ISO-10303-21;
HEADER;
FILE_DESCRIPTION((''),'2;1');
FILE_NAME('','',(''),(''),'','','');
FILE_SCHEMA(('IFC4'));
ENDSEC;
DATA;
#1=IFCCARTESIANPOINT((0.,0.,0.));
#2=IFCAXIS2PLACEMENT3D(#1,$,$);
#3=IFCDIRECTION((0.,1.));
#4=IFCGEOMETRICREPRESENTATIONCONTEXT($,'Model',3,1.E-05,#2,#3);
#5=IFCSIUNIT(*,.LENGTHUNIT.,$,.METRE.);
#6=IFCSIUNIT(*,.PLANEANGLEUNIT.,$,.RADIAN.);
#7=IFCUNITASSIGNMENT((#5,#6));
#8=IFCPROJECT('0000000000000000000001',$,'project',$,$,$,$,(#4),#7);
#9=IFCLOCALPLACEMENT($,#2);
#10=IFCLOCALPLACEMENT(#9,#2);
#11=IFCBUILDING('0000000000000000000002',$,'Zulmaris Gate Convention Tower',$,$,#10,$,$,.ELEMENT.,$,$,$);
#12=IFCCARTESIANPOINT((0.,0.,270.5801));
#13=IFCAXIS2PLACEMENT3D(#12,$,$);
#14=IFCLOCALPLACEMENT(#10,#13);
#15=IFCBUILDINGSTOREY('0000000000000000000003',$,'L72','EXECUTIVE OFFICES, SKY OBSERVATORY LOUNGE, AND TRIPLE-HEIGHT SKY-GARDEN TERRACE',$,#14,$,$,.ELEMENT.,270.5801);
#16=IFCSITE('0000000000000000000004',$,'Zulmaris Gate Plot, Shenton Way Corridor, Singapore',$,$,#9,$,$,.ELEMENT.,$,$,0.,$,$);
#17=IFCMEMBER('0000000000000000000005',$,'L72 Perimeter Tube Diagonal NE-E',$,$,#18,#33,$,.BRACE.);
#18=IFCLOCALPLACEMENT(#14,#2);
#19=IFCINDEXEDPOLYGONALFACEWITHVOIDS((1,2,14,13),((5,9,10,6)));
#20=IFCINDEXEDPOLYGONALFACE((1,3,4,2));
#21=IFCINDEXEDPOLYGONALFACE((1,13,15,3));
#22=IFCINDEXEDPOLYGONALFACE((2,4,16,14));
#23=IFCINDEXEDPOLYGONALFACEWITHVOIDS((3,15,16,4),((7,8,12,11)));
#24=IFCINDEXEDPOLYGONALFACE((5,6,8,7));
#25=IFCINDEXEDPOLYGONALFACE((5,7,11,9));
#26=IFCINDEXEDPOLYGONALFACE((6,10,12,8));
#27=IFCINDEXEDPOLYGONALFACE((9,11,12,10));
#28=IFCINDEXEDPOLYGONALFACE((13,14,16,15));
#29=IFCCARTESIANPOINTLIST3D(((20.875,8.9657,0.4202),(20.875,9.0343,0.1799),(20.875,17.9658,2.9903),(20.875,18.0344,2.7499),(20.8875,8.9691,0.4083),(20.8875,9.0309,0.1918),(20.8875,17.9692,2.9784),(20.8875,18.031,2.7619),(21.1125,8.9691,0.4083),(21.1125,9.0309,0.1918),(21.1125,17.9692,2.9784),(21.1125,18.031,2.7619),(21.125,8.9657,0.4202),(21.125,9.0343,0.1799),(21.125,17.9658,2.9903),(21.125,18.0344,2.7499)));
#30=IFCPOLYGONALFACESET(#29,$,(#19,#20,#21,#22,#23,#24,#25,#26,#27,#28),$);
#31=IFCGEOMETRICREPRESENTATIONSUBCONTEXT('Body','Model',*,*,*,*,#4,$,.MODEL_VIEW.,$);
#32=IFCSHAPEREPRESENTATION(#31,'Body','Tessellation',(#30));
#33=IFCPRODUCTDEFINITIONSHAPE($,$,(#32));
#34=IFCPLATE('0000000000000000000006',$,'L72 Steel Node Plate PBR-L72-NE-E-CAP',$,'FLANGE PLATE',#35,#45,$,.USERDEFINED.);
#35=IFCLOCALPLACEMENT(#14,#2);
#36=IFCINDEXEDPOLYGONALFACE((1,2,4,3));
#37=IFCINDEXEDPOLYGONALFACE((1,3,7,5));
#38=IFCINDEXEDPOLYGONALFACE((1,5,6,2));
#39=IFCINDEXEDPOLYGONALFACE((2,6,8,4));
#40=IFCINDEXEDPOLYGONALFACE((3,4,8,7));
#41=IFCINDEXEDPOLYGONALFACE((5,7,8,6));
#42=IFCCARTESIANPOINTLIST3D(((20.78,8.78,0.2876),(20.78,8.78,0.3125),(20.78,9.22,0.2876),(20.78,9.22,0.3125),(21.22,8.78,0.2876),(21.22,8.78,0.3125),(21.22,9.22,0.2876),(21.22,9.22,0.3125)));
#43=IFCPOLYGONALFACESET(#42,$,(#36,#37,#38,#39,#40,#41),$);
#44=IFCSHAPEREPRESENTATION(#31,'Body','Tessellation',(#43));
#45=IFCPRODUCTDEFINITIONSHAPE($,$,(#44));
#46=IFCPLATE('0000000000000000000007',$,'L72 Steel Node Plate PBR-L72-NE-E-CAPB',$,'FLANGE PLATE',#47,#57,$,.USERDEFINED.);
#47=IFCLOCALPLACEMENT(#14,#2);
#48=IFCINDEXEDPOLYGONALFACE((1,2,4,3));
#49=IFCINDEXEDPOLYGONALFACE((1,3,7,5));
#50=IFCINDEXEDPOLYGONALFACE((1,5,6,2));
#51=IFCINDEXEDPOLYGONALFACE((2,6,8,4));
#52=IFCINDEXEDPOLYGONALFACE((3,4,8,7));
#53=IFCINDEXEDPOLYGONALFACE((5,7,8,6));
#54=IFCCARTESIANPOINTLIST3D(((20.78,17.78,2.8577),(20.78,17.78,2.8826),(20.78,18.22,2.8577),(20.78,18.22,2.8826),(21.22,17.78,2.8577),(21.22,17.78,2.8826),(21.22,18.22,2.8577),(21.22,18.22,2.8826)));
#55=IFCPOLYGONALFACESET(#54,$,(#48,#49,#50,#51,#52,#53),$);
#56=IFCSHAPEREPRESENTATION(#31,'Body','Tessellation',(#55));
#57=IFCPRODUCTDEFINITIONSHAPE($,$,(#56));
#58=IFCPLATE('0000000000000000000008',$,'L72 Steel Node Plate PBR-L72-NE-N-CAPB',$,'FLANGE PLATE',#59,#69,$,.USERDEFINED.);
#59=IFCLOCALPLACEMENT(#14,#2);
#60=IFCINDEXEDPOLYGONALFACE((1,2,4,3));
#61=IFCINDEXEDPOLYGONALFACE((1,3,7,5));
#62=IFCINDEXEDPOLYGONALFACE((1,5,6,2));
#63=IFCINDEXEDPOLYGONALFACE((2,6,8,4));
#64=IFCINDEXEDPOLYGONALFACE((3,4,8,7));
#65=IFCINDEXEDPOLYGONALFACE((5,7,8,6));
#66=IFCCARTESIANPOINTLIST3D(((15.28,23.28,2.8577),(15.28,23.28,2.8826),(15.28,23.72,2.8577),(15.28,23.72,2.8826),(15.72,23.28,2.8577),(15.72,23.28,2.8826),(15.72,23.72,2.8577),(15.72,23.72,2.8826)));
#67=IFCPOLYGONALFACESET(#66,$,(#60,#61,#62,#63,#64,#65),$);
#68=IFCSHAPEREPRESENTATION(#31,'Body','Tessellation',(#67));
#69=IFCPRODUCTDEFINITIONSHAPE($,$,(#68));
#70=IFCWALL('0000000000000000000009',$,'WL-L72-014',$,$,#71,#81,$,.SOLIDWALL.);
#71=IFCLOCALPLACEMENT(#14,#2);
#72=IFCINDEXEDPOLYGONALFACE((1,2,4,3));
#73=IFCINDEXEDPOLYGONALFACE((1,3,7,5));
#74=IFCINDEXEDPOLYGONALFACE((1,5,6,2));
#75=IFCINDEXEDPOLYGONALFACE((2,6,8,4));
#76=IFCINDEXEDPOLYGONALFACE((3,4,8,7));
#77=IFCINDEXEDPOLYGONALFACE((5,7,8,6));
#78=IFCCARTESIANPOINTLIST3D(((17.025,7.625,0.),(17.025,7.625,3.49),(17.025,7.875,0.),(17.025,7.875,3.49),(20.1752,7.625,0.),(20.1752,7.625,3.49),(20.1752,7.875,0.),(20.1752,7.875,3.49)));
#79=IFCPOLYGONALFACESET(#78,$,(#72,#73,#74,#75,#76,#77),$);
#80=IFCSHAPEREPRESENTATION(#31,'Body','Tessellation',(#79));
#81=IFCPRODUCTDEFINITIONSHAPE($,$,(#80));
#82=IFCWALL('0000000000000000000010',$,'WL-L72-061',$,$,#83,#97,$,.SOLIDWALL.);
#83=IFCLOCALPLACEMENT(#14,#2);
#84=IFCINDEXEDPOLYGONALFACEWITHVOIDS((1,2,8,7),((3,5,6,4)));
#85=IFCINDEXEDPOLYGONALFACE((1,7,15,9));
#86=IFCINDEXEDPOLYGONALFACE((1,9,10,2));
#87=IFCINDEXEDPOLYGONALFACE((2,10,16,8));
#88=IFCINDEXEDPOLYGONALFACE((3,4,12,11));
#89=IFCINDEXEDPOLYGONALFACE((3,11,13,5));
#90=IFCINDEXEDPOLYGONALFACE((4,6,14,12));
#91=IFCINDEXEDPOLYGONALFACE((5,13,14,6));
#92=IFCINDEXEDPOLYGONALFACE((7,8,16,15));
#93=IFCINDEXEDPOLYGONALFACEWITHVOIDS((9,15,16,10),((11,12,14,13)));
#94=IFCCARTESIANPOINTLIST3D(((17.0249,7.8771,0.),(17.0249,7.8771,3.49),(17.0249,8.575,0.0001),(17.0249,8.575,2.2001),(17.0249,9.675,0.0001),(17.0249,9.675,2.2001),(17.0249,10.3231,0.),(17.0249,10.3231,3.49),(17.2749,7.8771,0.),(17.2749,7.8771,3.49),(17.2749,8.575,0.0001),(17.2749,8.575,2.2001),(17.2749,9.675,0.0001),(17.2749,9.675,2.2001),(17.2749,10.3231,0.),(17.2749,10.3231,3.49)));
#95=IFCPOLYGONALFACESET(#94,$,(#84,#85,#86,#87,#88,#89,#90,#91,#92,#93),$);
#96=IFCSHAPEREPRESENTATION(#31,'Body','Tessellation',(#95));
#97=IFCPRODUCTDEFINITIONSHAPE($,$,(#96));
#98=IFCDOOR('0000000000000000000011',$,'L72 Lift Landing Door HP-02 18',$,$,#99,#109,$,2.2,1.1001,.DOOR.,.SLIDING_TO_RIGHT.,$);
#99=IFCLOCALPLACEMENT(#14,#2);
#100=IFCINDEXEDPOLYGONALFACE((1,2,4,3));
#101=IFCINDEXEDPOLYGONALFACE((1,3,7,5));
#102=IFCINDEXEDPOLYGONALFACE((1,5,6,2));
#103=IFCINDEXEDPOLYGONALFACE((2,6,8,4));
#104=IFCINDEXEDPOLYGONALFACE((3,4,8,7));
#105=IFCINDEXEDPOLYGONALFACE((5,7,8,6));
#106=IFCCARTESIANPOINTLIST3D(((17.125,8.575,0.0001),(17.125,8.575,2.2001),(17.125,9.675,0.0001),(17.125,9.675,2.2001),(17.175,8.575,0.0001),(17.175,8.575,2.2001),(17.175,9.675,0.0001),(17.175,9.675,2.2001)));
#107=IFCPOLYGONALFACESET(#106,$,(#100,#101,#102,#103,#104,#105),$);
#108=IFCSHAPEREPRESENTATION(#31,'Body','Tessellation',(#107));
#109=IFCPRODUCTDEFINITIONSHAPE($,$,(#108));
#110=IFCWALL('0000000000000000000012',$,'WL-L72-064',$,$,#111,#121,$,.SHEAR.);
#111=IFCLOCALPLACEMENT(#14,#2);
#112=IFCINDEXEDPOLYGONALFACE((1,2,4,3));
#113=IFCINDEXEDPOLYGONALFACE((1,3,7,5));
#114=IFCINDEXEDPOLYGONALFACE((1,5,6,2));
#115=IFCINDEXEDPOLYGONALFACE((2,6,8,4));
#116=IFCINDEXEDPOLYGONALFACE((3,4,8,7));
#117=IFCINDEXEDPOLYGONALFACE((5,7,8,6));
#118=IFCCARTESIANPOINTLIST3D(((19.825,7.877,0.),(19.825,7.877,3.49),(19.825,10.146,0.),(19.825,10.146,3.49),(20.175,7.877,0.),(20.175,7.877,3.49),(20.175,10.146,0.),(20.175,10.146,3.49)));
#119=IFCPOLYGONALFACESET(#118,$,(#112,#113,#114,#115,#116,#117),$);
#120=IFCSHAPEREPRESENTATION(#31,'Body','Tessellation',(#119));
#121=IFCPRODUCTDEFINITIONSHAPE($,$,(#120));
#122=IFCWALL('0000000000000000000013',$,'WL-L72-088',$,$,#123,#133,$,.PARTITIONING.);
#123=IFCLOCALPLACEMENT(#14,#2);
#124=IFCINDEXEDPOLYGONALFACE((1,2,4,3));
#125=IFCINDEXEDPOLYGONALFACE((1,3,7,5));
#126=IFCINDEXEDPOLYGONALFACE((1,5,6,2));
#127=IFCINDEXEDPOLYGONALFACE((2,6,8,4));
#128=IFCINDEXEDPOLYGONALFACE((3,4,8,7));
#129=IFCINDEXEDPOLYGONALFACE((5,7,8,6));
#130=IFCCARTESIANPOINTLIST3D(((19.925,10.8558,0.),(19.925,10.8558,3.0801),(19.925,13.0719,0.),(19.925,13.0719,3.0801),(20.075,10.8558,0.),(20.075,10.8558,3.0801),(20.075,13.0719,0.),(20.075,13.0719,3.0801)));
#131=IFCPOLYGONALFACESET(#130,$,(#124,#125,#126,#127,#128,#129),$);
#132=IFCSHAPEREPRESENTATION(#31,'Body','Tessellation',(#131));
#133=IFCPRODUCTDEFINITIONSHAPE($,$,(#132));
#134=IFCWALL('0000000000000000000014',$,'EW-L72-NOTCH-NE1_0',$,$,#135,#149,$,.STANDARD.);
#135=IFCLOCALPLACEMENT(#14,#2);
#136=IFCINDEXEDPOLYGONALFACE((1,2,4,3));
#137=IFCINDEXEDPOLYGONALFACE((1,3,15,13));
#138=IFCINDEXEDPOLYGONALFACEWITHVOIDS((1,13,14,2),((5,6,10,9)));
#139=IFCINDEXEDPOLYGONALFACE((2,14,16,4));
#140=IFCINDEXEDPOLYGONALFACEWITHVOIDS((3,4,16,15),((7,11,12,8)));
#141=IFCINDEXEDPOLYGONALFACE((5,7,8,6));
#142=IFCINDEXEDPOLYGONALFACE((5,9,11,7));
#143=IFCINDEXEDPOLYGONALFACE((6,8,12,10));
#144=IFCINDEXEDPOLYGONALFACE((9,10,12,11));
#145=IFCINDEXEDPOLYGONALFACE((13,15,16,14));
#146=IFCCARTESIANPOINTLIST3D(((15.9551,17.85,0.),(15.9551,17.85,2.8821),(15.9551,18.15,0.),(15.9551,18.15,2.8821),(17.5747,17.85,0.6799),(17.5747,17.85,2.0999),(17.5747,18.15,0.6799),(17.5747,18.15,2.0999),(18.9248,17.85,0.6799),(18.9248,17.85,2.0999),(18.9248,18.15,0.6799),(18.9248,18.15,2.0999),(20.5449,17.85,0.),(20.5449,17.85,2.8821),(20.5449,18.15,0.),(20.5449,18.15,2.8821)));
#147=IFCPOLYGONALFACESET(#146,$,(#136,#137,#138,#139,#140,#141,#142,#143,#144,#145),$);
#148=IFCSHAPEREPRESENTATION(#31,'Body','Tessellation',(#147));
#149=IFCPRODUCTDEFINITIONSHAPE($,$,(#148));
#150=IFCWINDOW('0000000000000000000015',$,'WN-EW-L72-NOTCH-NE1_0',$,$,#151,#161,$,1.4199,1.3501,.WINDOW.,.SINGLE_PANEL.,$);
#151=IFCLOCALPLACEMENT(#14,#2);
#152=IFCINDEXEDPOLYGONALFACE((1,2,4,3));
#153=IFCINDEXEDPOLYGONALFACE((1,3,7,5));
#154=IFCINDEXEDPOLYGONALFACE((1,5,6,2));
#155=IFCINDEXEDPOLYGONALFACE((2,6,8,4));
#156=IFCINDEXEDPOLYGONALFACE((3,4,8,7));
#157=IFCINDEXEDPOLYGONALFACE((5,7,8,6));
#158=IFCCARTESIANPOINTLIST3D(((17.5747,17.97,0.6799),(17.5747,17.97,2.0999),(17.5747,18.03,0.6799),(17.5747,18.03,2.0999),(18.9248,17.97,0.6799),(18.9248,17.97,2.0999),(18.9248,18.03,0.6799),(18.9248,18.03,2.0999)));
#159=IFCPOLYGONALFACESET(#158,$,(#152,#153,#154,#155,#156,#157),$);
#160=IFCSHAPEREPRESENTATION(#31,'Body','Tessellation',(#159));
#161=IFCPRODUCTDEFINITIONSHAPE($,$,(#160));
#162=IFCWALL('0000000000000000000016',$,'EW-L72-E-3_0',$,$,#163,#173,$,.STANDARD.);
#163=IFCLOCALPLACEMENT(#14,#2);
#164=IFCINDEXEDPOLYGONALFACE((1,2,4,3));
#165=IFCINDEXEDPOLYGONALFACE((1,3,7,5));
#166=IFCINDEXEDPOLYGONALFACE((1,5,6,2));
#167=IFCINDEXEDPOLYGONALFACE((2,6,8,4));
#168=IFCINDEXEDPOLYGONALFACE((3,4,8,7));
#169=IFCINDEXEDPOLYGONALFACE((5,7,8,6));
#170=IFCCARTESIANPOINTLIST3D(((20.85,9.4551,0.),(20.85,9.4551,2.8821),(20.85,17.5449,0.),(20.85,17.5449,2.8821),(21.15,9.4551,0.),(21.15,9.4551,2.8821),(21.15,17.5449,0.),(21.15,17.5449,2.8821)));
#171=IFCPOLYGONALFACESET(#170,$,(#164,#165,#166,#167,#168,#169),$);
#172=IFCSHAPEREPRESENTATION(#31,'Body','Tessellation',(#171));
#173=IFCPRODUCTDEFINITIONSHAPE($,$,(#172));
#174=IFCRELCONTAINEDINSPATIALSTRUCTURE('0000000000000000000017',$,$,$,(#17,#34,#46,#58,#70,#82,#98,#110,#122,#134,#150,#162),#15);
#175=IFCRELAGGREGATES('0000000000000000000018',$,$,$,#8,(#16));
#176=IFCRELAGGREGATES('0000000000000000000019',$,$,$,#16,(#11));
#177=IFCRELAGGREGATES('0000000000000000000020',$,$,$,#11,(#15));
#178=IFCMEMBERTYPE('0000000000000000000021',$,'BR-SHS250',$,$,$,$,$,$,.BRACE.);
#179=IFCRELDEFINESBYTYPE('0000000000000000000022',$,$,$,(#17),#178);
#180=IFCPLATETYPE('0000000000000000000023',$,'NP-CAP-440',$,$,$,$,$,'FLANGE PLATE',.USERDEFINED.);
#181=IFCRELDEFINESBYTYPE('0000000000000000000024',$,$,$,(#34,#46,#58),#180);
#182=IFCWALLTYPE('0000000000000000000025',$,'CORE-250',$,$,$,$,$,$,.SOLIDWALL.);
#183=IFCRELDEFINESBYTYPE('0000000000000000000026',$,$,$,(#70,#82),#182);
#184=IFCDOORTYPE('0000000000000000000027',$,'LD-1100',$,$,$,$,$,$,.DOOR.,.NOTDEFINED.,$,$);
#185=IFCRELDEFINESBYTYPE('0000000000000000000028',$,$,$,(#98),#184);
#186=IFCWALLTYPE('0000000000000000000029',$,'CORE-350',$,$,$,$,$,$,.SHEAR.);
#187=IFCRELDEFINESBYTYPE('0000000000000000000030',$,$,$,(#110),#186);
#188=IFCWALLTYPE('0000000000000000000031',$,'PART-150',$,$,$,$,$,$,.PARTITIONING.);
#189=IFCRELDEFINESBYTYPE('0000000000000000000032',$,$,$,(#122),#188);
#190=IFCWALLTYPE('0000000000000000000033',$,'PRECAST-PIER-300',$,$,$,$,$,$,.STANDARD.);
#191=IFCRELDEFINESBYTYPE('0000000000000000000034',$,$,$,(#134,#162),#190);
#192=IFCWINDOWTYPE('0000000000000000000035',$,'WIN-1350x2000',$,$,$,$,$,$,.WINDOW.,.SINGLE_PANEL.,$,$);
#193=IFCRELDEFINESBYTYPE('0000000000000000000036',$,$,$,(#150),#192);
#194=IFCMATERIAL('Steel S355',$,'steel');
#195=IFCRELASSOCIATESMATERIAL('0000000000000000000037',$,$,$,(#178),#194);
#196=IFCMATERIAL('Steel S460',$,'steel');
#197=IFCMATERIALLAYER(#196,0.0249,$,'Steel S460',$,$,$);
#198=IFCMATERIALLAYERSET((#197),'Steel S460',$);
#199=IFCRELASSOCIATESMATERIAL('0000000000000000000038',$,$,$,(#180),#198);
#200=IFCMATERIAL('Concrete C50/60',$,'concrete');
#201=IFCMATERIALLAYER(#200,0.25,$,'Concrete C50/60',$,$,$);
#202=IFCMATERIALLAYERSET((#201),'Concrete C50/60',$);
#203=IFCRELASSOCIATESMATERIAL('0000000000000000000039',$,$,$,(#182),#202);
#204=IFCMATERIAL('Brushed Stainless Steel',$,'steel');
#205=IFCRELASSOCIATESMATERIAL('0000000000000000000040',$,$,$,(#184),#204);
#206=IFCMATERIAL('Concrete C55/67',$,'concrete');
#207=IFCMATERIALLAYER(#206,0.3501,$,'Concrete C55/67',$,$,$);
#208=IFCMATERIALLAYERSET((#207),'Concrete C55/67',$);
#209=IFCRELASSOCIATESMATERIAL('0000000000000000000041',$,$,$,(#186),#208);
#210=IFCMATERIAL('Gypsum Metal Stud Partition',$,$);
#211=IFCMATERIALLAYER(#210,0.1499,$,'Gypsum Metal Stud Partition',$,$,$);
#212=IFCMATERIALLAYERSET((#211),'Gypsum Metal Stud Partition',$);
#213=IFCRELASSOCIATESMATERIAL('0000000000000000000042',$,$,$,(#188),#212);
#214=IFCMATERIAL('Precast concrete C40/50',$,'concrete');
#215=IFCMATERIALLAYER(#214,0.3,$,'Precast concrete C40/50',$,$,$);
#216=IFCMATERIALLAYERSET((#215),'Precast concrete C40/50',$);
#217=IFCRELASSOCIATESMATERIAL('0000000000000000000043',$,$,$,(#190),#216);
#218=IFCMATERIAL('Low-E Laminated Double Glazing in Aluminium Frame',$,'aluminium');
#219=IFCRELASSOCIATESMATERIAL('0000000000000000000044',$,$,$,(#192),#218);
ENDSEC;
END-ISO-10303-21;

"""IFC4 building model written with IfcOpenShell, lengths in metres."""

from ifc_helpers import new_model, si_unit, direction, frame, frame_2d, origin, origin_2d, place, context, subcontext, project, spatial, rectangle, hollow_rectangle, extrude, material, layer, layer_set, material_profile, profile_set, type_object, element, fill, save


model = new_model("IFC4")

# Units and contexts
model_context = context("Model", 3, precision=1e-05, world=origin(), true_north=direction((0.0, 1.0)))
body_context = subcontext(model_context, "Body", "Model", "MODEL_VIEW")
ifc_project = project(units=[si_unit("LENGTHUNIT", "METRE"), si_unit("PLANEANGLEUNIT", "RADIAN")], contexts=[model_context])

# Site, building, storey
site_placement = place(None, origin())
site = spatial("IfcSite", under=ifc_project, at=site_placement, Name="Zulmaris Gate Plot, Shenton Way Corridor, Singapore", CompositionType="ELEMENT", RefElevation=0.0)
building_placement = place(site_placement, origin())
building = spatial("IfcBuilding", under=site, at=building_placement, Name="Zulmaris Gate Convention Tower", CompositionType="ELEMENT")
storey_placement = place(building_placement, frame((0.0, 0.0, 270.5801)))
storey = spatial("IfcBuildingStorey", under=building, at=storey_placement, Name="L72", Description="EXECUTIVE OFFICES, SKY OBSERVATORY LOUNGE, AND TRIPLE-HEIGHT SKY-GARDEN TERRACE", CompositionType="ELEMENT", Elevation=270.5801)

# Shared definitions
ifc_material_1 = material(Name="Concrete C50/60", Category="concrete")

# Shared definitions
ifc_material_2 = material(Name="Steel S355", Category="steel")

# Member
ifc_material_profile_1 = material_profile(ifc_material_2, hollow_rectangle(XDim=0.25, YDim=0.25, WallThickness=0.0125, at=origin_2d()), Name="SHS 250x250x12.5")
ifc_profile_set_1 = profile_set([ifc_material_profile_1], Name="Steel S355")
member_type = type_object("IfcMemberType", Name="BR-SHS250", PredefinedType="BRACE", material=ifc_profile_set_1)
member_placement = place(storey_placement, frame((21.0, 9.0, 0.3), z_axis=(0.0, 0.961562, 0.274587), x_axis=(-1.0, 0.0, 0.0)))
element("IfcMember", 1, at=member_placement, inside=storey, type_object=member_type, Name="L72 Perimeter Tube Diagonal NE-E", PredefinedType="BRACE", context=body_context, shape_type="SweptSolid", body=[
    extrude(hollow_rectangle(XDim=0.25, YDim=0.25, WallThickness=0.0125, at=origin_2d()), origin(), (0.0, 0.0, 1.0), 9.3599),
])

# Plates
ifc_material_3 = material(Name="Steel S460", Category="steel")
ifc_layer_1 = layer(ifc_material_3, 0.0249, Name="Steel S460")
ifc_layer_set_1 = layer_set([ifc_layer_1], Name="Steel S460")
plate_type = type_object("IfcPlateType", Name="NP-CAP-440", ElementType="FLANGE PLATE", PredefinedType="USERDEFINED", material=ifc_layer_set_1)
for number, where, z_axis, x_axis, name in (
    (2, (21.0, 9.0, 0.2876), (0.0, 0.0, 1.0), (1.0, 0.0, 0.0), "L72 Steel Node Plate PBR-L72-NE-E-CAP"),
    (3, (21.0, 18.0, 2.8577), (0.0, 0.0, 1.0), (1.0, 0.0, 0.0), "L72 Steel Node Plate PBR-L72-NE-E-CAPB"),
    (4, (15.5, 23.5, 2.8577), (0.0, 0.0, 1.0), (1.0, 0.0, 0.0), "L72 Steel Node Plate PBR-L72-NE-N-CAPB"),
):
    element("IfcPlate", number, at=place(storey_placement, frame(where, z_axis=z_axis, x_axis=x_axis)), inside=storey, type_object=plate_type, Name=name, ObjectType="FLANGE PLATE", PredefinedType="USERDEFINED", context=body_context, shape_type="SweptSolid", body=[
        extrude(rectangle(XDim=0.4399, YDim=0.4399, at=origin_2d()), origin(), (0.0, 0.0, 1.0), 0.0249),
    ])

# Wall
ifc_layer_2 = layer(ifc_material_1, 0.25, Name="Concrete C50/60")
ifc_layer_set_2 = layer_set([ifc_layer_2], Name="Concrete C50/60")
wall_type_1 = type_object("IfcWallType", Name="CORE-250", PredefinedType="SOLIDWALL", material=ifc_layer_set_2)
wall_1_placement = place(storey_placement, frame((17.0249, 7.75, 0.0), z_axis=(0.0, 0.0, 1.0), x_axis=(1.0, 0.0, 0.0)))
element("IfcWall", 5, at=wall_1_placement, inside=storey, type_object=wall_type_1, Name="WL-L72-014", PredefinedType="SOLIDWALL", context=body_context, shape_type="SweptSolid", body=[
    extrude(rectangle(XDim=3.1501, YDim=0.25, at=frame_2d((1.5752, 0.0))), origin(), (0.0, 0.0, 1.0), 3.49),
])

# Wall, opening, door
wall_2_placement = place(storey_placement, frame((17.1499, 7.877, 0.0), z_axis=(0.0, 0.0, 1.0), x_axis=(0.0, 1.0, 0.0)))
wall_2 = element("IfcWall", 6, at=wall_2_placement, inside=storey, type_object=wall_type_1, Name="WL-L72-061", PredefinedType="SOLIDWALL", context=body_context, shape_type="SweptSolid", body=[
    extrude(rectangle(XDim=2.446, YDim=0.25, at=frame_2d((1.2231, 0.0))), origin(), (0.0, 0.0, 1.0), 3.49),
])
opening_1_placement = place(wall_2_placement, frame((0.698, 0.0, 0.0)))
opening_1 = element("IfcOpeningElement", 7, at=opening_1_placement, cuts=wall_2, PredefinedType="OPENING", context=body_context, shape_type="SweptSolid", body=[
    extrude(rectangle(XDim=1.1001, YDim=2.2, at=frame_2d((0.55, 1.1001))), frame((0.0, 0.135, 0.0), z_axis=(0.0, -1.0, 0.0), x_axis=(1.0, 0.0, 0.0)), (0.0, 0.0, 1.0), 0.27),
])
ifc_material_4 = material(Name="Brushed Stainless Steel", Category="steel")
door_type = type_object("IfcDoorType", Name="LD-1100", OperationType="NOTDEFINED", PredefinedType="DOOR", material=ifc_material_4)
door_placement = place(opening_1_placement, origin())
door = element("IfcDoor", 8, at=door_placement, inside=storey, type_object=door_type, Name="L72 Lift Landing Door HP-02 18", OperationType="SLIDING_TO_RIGHT", OverallHeight=2.2, OverallWidth=1.1001, PredefinedType="DOOR", context=body_context, shape_type="SweptSolid", body=[
    extrude(rectangle(XDim=1.1001, YDim=2.2, at=frame_2d((0.55, 1.1001))), frame((0.0, 0.0249, 0.0), z_axis=(0.0, -1.0, 0.0), x_axis=(1.0, 0.0, 0.0)), (0.0, 0.0, 1.0), 0.05),
])
fill(opening_1, door)

# Walls
ifc_material_5 = material(Name="Concrete C55/67", Category="concrete")
ifc_layer_3 = layer(ifc_material_5, 0.3501, Name="Concrete C55/67")
ifc_layer_set_3 = layer_set([ifc_layer_3], Name="Concrete C55/67")
wall_type_2 = type_object("IfcWallType", Name="CORE-350", PredefinedType="SHEAR", material=ifc_layer_set_3)
wall_3_placement = place(storey_placement, frame((20.0, 7.877, 0.0), z_axis=(0.0, 0.0, 1.0), x_axis=(0.0, 1.0, 0.0)))
element("IfcWall", 9, at=wall_3_placement, inside=storey, type_object=wall_type_2, Name="WL-L72-064", PredefinedType="SHEAR", context=body_context, shape_type="SweptSolid", body=[
    extrude(rectangle(XDim=2.269, YDim=0.3501, at=frame_2d((1.1345, 0.0))), origin(), (0.0, 0.0, 1.0), 3.49),
])
ifc_material_6 = material(Name="Gypsum Metal Stud Partition")
ifc_layer_4 = layer(ifc_material_6, 0.1499, Name="Gypsum Metal Stud Partition")
ifc_layer_set_4 = layer_set([ifc_layer_4], Name="Gypsum Metal Stud Partition")
wall_type_3 = type_object("IfcWallType", Name="PART-150", PredefinedType="PARTITIONING", material=ifc_layer_set_4)
wall_4_placement = place(storey_placement, frame((20.0, 10.856, 0.0), z_axis=(0.0, 0.0, 1.0), x_axis=(0.0, 1.0, 0.0)))
element("IfcWall", 10, at=wall_4_placement, inside=storey, type_object=wall_type_3, Name="WL-L72-088", PredefinedType="PARTITIONING", context=body_context, shape_type="SweptSolid", body=[
    extrude(rectangle(XDim=2.2161, YDim=0.1499, at=frame_2d((1.1079, 0.0))), origin(), (0.0, 0.0, 1.0), 3.0801),
])

# Wall, opening, window
ifc_material_7 = material(Name="Precast concrete C40/50", Category="concrete")
ifc_layer_5 = layer(ifc_material_7, 0.3, Name="Precast concrete C40/50")
ifc_layer_set_5 = layer_set([ifc_layer_5], Name="Precast concrete C40/50")
wall_type_4 = type_object("IfcWallType", Name="PRECAST-PIER-300", PredefinedType="STANDARD", material=ifc_layer_set_5)
wall_5_placement = place(storey_placement, frame((20.5449, 18.0, 0.0), z_axis=(0.0, 0.0, 1.0), x_axis=(-1.0, 0.0, 0.0)))
wall_5 = element("IfcWall", 11, at=wall_5_placement, inside=storey, type_object=wall_type_4, Name="EW-L72-NOTCH-NE1_0", PredefinedType="STANDARD", context=body_context, shape_type="SweptSolid", body=[
    extrude(rectangle(XDim=4.5898, YDim=0.3, at=frame_2d((2.2949, 0.0))), origin(), (0.0, 0.0, 1.0), 2.8821),
])
opening_2_placement = place(wall_5_placement, frame((1.6201, 0.0, 0.6799)))
opening_2 = element("IfcOpeningElement", 12, at=opening_2_placement, cuts=wall_5, PredefinedType="OPENING", context=body_context, shape_type="SweptSolid", body=[
    extrude(rectangle(XDim=1.3501, YDim=1.4199, at=frame_2d((0.675, 0.71))), frame((0.0, 0.1602, 0.0), z_axis=(0.0, -1.0, 0.0), x_axis=(1.0, 0.0, 0.0)), (0.0, 0.0, 1.0), 0.3201),
])
ifc_material_8 = material(Name="Low-E Laminated Double Glazing in Aluminium Frame", Category="aluminium")
window_type = type_object("IfcWindowType", Name="WIN-1350x2000", PartitioningType="SINGLE_PANEL", PredefinedType="WINDOW", material=ifc_material_8)
window_placement = place(opening_2_placement, origin())
window = element("IfcWindow", 13, at=window_placement, inside=storey, type_object=window_type, Name="WN-EW-L72-NOTCH-NE1_0", OverallHeight=1.4199, OverallWidth=1.3501, PartitioningType="SINGLE_PANEL", PredefinedType="WINDOW", context=body_context, shape_type="SweptSolid", body=[
    extrude(rectangle(XDim=1.3501, YDim=1.4199, at=frame_2d((0.675, 0.71))), frame((0.0, 0.03, 0.0), z_axis=(0.0, -1.0, 0.0), x_axis=(1.0, 0.0, 0.0)), (0.0, 0.0, 1.0), 0.0601),
])
fill(opening_2, window)

# Wall
wall_6_placement = place(storey_placement, frame((21.0, 9.4551, 0.0), z_axis=(0.0, 0.0, 1.0), x_axis=(0.0, 1.0, 0.0)))
element("IfcWall", 14, at=wall_6_placement, inside=storey, type_object=wall_type_4, Name="EW-L72-E-3_0", PredefinedType="STANDARD", context=body_context, shape_type="SweptSolid", body=[
    extrude(rectangle(XDim=8.0898, YDim=0.3, at=frame_2d((4.0449, 0.0))), origin(), (0.0, 0.0, 1.0), 2.8821),
])

save(model, "model.ifc")
